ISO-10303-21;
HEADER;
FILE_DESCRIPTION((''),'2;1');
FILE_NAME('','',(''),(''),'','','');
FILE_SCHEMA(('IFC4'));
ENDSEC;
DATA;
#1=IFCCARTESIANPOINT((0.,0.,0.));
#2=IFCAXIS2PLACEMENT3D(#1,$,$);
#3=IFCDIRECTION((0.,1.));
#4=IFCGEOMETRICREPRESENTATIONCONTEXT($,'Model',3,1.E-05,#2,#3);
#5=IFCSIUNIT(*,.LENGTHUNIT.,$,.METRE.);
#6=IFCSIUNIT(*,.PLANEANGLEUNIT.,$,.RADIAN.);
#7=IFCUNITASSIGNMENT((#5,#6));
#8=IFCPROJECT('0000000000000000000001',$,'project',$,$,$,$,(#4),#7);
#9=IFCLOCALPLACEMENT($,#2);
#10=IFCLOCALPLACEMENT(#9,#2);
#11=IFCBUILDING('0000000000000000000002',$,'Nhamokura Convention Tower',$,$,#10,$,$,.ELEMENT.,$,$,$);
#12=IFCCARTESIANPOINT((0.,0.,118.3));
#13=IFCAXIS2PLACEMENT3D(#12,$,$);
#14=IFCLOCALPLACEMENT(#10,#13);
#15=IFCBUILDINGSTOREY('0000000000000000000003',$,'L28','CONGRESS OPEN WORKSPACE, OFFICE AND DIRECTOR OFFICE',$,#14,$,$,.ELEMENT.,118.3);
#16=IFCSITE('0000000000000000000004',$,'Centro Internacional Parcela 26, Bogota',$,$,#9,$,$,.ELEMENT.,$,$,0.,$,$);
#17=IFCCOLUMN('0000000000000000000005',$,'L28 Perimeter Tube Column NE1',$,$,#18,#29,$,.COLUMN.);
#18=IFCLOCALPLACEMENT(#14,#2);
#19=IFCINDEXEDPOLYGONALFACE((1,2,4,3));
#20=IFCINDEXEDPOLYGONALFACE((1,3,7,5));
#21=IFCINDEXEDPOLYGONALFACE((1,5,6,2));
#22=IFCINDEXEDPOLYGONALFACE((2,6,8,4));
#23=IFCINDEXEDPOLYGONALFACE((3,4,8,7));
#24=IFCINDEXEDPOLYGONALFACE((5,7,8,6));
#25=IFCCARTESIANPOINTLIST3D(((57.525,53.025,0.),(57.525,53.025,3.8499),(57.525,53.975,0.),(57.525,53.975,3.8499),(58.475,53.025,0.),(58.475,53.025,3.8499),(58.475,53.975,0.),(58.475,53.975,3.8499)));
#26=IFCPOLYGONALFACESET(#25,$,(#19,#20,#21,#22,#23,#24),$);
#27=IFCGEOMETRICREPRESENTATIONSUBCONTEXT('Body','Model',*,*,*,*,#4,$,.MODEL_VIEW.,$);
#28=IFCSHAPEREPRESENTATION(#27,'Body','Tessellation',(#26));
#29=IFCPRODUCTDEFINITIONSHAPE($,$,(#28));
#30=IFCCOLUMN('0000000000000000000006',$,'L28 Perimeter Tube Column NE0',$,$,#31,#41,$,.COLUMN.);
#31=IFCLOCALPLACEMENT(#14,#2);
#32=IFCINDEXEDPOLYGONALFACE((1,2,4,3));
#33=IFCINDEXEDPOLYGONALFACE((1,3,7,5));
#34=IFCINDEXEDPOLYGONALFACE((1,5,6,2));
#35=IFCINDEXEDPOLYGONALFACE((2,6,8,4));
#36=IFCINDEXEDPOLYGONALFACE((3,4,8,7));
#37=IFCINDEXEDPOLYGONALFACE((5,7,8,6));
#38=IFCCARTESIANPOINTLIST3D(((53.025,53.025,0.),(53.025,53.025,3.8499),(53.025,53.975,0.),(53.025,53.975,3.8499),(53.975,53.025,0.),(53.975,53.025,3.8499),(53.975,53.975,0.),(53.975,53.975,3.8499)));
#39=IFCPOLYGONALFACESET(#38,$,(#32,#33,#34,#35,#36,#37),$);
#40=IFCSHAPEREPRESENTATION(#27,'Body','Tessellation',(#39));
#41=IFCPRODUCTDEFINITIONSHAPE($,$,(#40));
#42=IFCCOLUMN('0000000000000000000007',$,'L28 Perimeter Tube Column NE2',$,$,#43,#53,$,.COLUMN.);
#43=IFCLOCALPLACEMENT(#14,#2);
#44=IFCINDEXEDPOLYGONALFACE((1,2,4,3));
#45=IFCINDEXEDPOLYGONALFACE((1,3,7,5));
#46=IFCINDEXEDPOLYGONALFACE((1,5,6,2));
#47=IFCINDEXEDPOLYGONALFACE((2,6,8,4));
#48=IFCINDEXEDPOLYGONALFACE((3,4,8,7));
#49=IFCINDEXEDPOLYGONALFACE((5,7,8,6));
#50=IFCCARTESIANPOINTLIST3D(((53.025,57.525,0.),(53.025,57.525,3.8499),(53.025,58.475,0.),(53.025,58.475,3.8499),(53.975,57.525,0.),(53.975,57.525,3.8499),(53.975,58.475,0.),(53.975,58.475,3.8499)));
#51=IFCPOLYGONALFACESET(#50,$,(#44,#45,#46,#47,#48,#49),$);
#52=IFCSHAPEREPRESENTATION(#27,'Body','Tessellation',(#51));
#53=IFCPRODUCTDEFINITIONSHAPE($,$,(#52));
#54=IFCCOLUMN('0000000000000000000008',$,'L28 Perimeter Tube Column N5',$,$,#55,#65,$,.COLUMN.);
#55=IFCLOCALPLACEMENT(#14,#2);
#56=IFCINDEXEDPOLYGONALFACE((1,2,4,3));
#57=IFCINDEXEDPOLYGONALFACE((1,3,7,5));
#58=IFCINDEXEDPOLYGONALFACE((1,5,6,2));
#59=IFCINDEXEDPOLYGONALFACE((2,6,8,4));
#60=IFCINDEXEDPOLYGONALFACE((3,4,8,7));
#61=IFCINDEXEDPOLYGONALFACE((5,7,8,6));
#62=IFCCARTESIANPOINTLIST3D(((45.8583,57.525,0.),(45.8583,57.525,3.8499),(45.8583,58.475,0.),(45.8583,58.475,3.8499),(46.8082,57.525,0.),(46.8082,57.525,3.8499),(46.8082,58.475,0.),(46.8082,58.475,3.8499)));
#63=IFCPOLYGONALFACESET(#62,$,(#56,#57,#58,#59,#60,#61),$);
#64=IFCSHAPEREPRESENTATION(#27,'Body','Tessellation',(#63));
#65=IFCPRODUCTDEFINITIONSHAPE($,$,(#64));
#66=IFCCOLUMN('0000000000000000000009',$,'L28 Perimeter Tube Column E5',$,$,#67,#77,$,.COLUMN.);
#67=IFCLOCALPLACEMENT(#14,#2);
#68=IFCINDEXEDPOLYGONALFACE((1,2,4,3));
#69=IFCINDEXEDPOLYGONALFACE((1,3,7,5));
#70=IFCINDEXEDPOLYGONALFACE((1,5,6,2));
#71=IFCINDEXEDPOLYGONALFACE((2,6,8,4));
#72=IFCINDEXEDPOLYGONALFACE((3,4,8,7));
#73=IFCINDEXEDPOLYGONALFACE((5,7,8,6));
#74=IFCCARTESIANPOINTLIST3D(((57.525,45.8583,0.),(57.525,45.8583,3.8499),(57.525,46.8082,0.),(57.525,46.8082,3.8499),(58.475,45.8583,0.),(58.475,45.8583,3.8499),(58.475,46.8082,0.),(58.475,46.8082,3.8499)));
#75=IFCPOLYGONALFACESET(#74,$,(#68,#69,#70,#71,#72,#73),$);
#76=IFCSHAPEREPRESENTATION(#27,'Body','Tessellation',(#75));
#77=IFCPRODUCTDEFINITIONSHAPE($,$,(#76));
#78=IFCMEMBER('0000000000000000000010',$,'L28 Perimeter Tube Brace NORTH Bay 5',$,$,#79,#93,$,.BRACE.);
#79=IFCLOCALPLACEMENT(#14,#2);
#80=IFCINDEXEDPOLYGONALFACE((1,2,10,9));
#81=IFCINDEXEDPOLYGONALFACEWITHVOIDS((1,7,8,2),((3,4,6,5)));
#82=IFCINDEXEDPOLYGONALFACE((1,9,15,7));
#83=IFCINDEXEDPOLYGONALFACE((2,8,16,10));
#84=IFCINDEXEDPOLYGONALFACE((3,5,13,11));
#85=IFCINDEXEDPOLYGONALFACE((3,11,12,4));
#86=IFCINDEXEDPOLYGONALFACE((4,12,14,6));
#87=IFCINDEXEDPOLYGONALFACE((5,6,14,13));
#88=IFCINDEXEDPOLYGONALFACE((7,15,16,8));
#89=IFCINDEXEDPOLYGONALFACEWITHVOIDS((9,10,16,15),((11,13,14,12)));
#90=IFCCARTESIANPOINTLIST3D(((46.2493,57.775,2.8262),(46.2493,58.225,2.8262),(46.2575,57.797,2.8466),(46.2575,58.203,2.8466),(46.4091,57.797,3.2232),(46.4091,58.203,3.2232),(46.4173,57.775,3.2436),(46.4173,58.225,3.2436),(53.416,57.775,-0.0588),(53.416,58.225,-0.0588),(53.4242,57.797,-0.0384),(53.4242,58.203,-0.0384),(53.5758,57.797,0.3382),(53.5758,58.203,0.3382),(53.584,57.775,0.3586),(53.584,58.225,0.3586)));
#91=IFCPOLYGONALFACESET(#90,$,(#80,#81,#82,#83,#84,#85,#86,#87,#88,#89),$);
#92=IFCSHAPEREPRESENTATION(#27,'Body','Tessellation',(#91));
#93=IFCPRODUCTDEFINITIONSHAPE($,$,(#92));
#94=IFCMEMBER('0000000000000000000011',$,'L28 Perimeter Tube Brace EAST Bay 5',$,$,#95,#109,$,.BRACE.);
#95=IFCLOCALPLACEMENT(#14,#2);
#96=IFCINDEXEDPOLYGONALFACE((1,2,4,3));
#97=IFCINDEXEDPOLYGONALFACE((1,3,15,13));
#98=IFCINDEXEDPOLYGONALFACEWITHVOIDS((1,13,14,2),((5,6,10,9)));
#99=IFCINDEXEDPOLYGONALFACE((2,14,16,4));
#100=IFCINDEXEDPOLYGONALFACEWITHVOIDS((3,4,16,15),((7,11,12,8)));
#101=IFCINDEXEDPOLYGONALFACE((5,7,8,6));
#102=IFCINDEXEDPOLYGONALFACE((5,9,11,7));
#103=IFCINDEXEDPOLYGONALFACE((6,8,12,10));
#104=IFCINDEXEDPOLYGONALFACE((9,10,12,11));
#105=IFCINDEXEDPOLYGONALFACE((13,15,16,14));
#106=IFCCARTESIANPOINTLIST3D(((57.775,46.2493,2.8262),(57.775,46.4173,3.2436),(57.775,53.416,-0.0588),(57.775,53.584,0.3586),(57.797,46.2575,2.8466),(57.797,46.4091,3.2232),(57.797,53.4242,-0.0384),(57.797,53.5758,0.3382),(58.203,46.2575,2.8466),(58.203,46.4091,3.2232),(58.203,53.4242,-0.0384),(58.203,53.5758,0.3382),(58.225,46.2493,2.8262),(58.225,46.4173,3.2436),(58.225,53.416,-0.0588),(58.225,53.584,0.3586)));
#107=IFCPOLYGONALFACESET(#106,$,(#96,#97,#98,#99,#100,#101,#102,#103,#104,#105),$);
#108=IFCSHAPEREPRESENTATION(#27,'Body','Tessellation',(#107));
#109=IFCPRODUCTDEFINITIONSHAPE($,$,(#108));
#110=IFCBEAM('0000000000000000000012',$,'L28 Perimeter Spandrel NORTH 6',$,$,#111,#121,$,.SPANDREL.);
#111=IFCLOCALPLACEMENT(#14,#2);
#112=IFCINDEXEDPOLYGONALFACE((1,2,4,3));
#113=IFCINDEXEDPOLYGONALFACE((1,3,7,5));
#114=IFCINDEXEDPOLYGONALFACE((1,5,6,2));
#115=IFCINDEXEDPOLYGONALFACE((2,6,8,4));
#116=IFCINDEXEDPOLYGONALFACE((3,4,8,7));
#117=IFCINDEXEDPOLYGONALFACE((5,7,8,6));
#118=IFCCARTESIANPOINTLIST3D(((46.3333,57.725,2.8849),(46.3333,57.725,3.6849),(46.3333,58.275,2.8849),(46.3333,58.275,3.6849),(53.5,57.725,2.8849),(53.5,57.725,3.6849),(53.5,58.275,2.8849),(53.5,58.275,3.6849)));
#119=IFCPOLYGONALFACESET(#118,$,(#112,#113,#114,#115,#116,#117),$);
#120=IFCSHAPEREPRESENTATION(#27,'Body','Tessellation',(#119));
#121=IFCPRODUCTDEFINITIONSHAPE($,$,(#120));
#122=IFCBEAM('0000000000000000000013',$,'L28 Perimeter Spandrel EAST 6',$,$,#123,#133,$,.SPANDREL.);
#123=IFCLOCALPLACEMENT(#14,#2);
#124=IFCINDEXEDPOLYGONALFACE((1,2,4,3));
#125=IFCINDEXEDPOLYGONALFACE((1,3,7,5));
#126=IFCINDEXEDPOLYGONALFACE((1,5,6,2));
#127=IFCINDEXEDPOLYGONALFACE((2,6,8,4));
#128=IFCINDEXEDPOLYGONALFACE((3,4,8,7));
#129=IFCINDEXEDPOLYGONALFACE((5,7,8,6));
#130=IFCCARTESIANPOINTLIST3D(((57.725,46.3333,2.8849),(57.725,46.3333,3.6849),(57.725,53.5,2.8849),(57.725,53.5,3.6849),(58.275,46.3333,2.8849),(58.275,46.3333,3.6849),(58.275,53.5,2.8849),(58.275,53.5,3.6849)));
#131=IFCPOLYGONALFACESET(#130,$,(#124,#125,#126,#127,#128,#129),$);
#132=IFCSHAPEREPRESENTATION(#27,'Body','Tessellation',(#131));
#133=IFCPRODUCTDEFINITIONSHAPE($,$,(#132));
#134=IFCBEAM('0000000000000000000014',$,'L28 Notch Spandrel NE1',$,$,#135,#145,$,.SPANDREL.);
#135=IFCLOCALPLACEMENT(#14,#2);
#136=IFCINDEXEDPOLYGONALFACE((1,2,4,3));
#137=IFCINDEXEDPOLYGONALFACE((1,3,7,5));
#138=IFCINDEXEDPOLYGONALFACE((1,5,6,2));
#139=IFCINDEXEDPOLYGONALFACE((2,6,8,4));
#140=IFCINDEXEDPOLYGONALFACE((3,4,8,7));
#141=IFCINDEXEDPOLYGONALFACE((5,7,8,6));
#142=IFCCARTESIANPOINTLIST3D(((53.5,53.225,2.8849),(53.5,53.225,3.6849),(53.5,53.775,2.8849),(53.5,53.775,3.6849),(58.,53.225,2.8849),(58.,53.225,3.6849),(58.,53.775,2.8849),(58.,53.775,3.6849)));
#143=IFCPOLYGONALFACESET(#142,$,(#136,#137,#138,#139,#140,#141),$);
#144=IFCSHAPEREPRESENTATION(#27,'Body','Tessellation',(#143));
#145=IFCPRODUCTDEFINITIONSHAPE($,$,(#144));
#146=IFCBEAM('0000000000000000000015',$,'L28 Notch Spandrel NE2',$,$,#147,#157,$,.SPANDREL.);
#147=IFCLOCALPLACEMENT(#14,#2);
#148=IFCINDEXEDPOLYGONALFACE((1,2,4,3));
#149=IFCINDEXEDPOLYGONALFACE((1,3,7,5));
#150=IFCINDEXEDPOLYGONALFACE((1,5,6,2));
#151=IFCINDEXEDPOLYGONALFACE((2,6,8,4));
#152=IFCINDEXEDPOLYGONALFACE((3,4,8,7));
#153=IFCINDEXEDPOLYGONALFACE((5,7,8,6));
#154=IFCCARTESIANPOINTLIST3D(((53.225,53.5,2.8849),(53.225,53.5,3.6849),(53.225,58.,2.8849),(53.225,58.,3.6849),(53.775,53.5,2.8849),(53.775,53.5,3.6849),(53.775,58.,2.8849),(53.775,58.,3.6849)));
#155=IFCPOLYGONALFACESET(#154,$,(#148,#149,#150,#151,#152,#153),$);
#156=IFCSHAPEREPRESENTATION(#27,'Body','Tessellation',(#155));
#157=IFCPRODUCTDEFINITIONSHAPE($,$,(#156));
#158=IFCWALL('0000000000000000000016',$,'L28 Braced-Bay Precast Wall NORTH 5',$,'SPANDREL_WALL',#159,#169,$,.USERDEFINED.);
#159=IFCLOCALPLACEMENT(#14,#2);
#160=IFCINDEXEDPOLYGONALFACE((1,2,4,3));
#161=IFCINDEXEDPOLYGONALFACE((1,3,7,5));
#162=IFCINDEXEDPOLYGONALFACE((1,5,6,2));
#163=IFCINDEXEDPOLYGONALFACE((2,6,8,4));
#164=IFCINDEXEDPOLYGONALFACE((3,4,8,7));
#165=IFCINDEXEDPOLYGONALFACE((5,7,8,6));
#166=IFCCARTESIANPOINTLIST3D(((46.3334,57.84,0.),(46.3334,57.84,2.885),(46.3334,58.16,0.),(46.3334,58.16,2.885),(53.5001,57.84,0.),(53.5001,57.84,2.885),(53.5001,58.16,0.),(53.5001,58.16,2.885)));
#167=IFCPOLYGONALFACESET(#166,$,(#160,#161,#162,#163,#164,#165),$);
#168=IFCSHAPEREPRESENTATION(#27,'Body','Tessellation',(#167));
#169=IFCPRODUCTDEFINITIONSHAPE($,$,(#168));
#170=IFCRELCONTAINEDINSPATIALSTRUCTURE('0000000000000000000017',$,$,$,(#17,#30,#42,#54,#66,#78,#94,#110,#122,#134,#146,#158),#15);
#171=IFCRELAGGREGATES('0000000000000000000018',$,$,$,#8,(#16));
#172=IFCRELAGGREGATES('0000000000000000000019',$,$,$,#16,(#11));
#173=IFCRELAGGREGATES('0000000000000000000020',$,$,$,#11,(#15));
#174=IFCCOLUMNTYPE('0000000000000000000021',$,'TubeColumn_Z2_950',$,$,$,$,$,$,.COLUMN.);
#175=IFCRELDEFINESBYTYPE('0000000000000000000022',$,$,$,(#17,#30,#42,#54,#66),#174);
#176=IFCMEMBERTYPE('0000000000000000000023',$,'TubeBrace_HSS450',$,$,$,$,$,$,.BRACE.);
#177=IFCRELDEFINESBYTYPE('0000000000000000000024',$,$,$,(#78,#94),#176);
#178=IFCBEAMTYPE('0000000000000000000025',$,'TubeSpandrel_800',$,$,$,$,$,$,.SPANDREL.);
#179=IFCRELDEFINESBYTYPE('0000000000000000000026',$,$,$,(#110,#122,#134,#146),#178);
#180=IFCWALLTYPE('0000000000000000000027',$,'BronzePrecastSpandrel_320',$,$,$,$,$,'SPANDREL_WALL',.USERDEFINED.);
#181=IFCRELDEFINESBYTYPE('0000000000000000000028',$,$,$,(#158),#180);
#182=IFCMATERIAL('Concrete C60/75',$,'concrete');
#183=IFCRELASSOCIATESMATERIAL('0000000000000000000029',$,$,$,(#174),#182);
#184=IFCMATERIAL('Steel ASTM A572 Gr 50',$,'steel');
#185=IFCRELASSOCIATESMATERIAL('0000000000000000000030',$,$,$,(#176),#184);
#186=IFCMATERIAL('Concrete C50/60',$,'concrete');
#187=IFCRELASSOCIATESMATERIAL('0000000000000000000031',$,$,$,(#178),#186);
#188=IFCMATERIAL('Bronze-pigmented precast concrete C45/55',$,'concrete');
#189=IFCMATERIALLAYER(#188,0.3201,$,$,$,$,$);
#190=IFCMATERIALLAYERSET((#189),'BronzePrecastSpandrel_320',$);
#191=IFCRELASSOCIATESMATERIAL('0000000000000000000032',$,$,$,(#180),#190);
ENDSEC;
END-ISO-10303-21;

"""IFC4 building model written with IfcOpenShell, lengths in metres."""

from ifc_helpers import new_model, si_unit, direction, frame, frame_2d, origin, origin_2d, place, context, subcontext, project, spatial, rectangle, hollow_rectangle, extrude, material, layer, layer_set, material_profile, profile_set, type_object, element, save


model = new_model("IFC4")

# Units and contexts
model_context = context("Model", 3, precision=1e-05, world=origin(), true_north=direction((0.0, 1.0)))
body_context = subcontext(model_context, "Body", "Model", "MODEL_VIEW")
ifc_project = project(units=[si_unit("LENGTHUNIT", "METRE"), si_unit("PLANEANGLEUNIT", "RADIAN")], contexts=[model_context])

# Site, building, storey
site_placement = place(None, origin())
site = spatial("IfcSite", under=ifc_project, at=site_placement, Name="Centro Internacional Parcela 26, Bogota", CompositionType="ELEMENT", RefElevation=0.0)
building_placement = place(site_placement, origin())
building = spatial("IfcBuilding", under=site, at=building_placement, Name="Nhamokura Convention Tower", CompositionType="ELEMENT")
storey_placement = place(building_placement, frame((0.0, 0.0, 118.3)))
storey = spatial("IfcBuildingStorey", under=building, at=storey_placement, Name="L28", Description="CONGRESS OPEN WORKSPACE, OFFICE AND DIRECTOR OFFICE", CompositionType="ELEMENT", Elevation=118.3)

# Columns
ifc_material_1 = material(Name="Concrete C60/75", Category="concrete")
ifc_material_profile_1 = material_profile(ifc_material_1, rectangle(XDim=0.95, YDim=0.95, at=origin_2d()))
ifc_profile_set_1 = profile_set([ifc_material_profile_1], Name="Concrete C60/75")
column_type = type_object("IfcColumnType", Name="TubeColumn_Z2_950", PredefinedType="COLUMN", material=ifc_profile_set_1)
for number, where, z_axis, x_axis, name in (
    (1, (58.0, 53.5, 0.0), (0.0, 0.0, 1.0), (1.0, 0.0, 0.0), "L28 Perimeter Tube Column NE1"),
    (2, (53.5, 53.5, 0.0), (0.0, 0.0, 1.0), (1.0, 0.0, 0.0), "L28 Perimeter Tube Column NE0"),
    (3, (53.5, 58.0, 0.0), (0.0, 0.0, 1.0), (1.0, 0.0, 0.0), "L28 Perimeter Tube Column NE2"),
    (4, (46.3333, 58.0, 0.0), (0.0, 0.0, 1.0), (1.0, 0.0, 0.0), "L28 Perimeter Tube Column N5"),
    (5, (58.0, 46.3333, 0.0), (0.0, 0.0, 1.0), (1.0, 0.0, 0.0), "L28 Perimeter Tube Column E5"),
):
    element("IfcColumn", number, at=place(storey_placement, frame(where, z_axis=z_axis, x_axis=x_axis)), inside=storey, type_object=column_type, Name=name, PredefinedType="COLUMN", context=body_context, shape_type="SweptSolid", body=[
        extrude(rectangle(XDim=0.95, YDim=0.95, at=origin_2d()), origin(), (0.0, 0.0, 1.0), 3.8499),
    ])

# Members
ifc_material_2 = material(Name="Steel ASTM A572 Gr 50", Category="steel")
ifc_material_profile_2 = material_profile(ifc_material_2, hollow_rectangle(XDim=0.45, YDim=0.45, WallThickness=0.022, at=origin_2d()))
ifc_profile_set_2 = profile_set([ifc_material_profile_2], Name="Steel ASTM A572 Gr 50")
member_type = type_object("IfcMemberType", Name="TubeBrace_HSS450", PredefinedType="BRACE", material=ifc_profile_set_2)
for number, where, z_axis, x_axis, name in (
    (6, (53.5, 58.0, 0.1499), (-0.927657, 0.0, 0.373433), (0.0, -1.0, 0.0), "L28 Perimeter Tube Brace NORTH Bay 5"),
    (7, (58.0, 53.5, 0.1499), (0.0, -0.927657, 0.373433), (1.0, 0.0, 0.0), "L28 Perimeter Tube Brace EAST Bay 5"),
):
    element("IfcMember", number, at=place(storey_placement, frame(where, z_axis=z_axis, x_axis=x_axis)), inside=storey, type_object=member_type, Name=name, PredefinedType="BRACE", context=body_context, shape_type="SweptSolid", body=[
        extrude(hollow_rectangle(XDim=0.45, YDim=0.45, WallThickness=0.022, at=origin_2d()), origin(), (0.0, 0.0, 1.0), 7.7256),
    ])

# Beams
ifc_material_3 = material(Name="Concrete C50/60", Category="concrete")
ifc_material_profile_3 = material_profile(ifc_material_3, rectangle(XDim=0.55, YDim=0.8, at=origin_2d()))
ifc_profile_set_3 = profile_set([ifc_material_profile_3], Name="Concrete C50/60")
beam_type = type_object("IfcBeamType", Name="TubeSpandrel_800", PredefinedType="SPANDREL", material=ifc_profile_set_3)
for number, where, z_axis, x_axis, name in (
    (8, (46.3333, 58.0, 3.2849), (1.0, 0.0, 0.0), (0.0, 1.0, 0.0), "L28 Perimeter Spandrel NORTH 6"),
    (9, (58.0, 46.3333, 3.2849), (0.0, 1.0, 0.0), (-1.0, 0.0, 0.0), "L28 Perimeter Spandrel EAST 6"),
):
    element("IfcBeam", number, at=place(storey_placement, frame(where, z_axis=z_axis, x_axis=x_axis)), inside=storey, type_object=beam_type, Name=name, PredefinedType="SPANDREL", context=body_context, shape_type="SweptSolid", body=[
        extrude(rectangle(XDim=0.55, YDim=0.8, at=origin_2d()), origin(), (0.0, 0.0, 1.0), 7.1667),
    ])
for number, where, z_axis, x_axis, name in (
    (10, (58.0, 53.5, 3.2849), (-1.0, 0.0, 0.0), (0.0, -1.0, 0.0), "L28 Notch Spandrel NE1"),
    (11, (53.5, 53.5, 3.2849), (0.0, 1.0, 0.0), (-1.0, 0.0, 0.0), "L28 Notch Spandrel NE2"),
):
    element("IfcBeam", number, at=place(storey_placement, frame(where, z_axis=z_axis, x_axis=x_axis)), inside=storey, type_object=beam_type, Name=name, PredefinedType="SPANDREL", context=body_context, shape_type="SweptSolid", body=[
        extrude(rectangle(XDim=0.55, YDim=0.8, at=origin_2d()), origin(), (0.0, 0.0, 1.0), 4.5),
    ])

# Wall
ifc_material_4 = material(Name="Bronze-pigmented precast concrete C45/55", Category="concrete")
ifc_layer = layer(ifc_material_4, 0.3201)
ifc_layer_set = layer_set([ifc_layer], Name="BronzePrecastSpandrel_320")
wall_type = type_object("IfcWallType", Name="BronzePrecastSpandrel_320", ElementType="SPANDREL_WALL", PredefinedType="USERDEFINED", material=ifc_layer_set)
wall_1_placement = place(storey_placement, frame((46.3333, 58.0, 0.0), z_axis=(0.0, 0.0, 1.0), x_axis=(1.0, 0.0, 0.0)))
element("IfcWall", 12, at=wall_1_placement, inside=storey, type_object=wall_type, Name="L28 Braced-Bay Precast Wall NORTH 5", ObjectType="SPANDREL_WALL", PredefinedType="USERDEFINED", context=body_context, shape_type="SweptSolid", body=[
    extrude(rectangle(XDim=7.1667, YDim=0.3201, at=frame_2d((3.5835, 0.0))), origin(), (0.0, 0.0, 1.0), 2.885),
])

save(model, "model.ifc")
